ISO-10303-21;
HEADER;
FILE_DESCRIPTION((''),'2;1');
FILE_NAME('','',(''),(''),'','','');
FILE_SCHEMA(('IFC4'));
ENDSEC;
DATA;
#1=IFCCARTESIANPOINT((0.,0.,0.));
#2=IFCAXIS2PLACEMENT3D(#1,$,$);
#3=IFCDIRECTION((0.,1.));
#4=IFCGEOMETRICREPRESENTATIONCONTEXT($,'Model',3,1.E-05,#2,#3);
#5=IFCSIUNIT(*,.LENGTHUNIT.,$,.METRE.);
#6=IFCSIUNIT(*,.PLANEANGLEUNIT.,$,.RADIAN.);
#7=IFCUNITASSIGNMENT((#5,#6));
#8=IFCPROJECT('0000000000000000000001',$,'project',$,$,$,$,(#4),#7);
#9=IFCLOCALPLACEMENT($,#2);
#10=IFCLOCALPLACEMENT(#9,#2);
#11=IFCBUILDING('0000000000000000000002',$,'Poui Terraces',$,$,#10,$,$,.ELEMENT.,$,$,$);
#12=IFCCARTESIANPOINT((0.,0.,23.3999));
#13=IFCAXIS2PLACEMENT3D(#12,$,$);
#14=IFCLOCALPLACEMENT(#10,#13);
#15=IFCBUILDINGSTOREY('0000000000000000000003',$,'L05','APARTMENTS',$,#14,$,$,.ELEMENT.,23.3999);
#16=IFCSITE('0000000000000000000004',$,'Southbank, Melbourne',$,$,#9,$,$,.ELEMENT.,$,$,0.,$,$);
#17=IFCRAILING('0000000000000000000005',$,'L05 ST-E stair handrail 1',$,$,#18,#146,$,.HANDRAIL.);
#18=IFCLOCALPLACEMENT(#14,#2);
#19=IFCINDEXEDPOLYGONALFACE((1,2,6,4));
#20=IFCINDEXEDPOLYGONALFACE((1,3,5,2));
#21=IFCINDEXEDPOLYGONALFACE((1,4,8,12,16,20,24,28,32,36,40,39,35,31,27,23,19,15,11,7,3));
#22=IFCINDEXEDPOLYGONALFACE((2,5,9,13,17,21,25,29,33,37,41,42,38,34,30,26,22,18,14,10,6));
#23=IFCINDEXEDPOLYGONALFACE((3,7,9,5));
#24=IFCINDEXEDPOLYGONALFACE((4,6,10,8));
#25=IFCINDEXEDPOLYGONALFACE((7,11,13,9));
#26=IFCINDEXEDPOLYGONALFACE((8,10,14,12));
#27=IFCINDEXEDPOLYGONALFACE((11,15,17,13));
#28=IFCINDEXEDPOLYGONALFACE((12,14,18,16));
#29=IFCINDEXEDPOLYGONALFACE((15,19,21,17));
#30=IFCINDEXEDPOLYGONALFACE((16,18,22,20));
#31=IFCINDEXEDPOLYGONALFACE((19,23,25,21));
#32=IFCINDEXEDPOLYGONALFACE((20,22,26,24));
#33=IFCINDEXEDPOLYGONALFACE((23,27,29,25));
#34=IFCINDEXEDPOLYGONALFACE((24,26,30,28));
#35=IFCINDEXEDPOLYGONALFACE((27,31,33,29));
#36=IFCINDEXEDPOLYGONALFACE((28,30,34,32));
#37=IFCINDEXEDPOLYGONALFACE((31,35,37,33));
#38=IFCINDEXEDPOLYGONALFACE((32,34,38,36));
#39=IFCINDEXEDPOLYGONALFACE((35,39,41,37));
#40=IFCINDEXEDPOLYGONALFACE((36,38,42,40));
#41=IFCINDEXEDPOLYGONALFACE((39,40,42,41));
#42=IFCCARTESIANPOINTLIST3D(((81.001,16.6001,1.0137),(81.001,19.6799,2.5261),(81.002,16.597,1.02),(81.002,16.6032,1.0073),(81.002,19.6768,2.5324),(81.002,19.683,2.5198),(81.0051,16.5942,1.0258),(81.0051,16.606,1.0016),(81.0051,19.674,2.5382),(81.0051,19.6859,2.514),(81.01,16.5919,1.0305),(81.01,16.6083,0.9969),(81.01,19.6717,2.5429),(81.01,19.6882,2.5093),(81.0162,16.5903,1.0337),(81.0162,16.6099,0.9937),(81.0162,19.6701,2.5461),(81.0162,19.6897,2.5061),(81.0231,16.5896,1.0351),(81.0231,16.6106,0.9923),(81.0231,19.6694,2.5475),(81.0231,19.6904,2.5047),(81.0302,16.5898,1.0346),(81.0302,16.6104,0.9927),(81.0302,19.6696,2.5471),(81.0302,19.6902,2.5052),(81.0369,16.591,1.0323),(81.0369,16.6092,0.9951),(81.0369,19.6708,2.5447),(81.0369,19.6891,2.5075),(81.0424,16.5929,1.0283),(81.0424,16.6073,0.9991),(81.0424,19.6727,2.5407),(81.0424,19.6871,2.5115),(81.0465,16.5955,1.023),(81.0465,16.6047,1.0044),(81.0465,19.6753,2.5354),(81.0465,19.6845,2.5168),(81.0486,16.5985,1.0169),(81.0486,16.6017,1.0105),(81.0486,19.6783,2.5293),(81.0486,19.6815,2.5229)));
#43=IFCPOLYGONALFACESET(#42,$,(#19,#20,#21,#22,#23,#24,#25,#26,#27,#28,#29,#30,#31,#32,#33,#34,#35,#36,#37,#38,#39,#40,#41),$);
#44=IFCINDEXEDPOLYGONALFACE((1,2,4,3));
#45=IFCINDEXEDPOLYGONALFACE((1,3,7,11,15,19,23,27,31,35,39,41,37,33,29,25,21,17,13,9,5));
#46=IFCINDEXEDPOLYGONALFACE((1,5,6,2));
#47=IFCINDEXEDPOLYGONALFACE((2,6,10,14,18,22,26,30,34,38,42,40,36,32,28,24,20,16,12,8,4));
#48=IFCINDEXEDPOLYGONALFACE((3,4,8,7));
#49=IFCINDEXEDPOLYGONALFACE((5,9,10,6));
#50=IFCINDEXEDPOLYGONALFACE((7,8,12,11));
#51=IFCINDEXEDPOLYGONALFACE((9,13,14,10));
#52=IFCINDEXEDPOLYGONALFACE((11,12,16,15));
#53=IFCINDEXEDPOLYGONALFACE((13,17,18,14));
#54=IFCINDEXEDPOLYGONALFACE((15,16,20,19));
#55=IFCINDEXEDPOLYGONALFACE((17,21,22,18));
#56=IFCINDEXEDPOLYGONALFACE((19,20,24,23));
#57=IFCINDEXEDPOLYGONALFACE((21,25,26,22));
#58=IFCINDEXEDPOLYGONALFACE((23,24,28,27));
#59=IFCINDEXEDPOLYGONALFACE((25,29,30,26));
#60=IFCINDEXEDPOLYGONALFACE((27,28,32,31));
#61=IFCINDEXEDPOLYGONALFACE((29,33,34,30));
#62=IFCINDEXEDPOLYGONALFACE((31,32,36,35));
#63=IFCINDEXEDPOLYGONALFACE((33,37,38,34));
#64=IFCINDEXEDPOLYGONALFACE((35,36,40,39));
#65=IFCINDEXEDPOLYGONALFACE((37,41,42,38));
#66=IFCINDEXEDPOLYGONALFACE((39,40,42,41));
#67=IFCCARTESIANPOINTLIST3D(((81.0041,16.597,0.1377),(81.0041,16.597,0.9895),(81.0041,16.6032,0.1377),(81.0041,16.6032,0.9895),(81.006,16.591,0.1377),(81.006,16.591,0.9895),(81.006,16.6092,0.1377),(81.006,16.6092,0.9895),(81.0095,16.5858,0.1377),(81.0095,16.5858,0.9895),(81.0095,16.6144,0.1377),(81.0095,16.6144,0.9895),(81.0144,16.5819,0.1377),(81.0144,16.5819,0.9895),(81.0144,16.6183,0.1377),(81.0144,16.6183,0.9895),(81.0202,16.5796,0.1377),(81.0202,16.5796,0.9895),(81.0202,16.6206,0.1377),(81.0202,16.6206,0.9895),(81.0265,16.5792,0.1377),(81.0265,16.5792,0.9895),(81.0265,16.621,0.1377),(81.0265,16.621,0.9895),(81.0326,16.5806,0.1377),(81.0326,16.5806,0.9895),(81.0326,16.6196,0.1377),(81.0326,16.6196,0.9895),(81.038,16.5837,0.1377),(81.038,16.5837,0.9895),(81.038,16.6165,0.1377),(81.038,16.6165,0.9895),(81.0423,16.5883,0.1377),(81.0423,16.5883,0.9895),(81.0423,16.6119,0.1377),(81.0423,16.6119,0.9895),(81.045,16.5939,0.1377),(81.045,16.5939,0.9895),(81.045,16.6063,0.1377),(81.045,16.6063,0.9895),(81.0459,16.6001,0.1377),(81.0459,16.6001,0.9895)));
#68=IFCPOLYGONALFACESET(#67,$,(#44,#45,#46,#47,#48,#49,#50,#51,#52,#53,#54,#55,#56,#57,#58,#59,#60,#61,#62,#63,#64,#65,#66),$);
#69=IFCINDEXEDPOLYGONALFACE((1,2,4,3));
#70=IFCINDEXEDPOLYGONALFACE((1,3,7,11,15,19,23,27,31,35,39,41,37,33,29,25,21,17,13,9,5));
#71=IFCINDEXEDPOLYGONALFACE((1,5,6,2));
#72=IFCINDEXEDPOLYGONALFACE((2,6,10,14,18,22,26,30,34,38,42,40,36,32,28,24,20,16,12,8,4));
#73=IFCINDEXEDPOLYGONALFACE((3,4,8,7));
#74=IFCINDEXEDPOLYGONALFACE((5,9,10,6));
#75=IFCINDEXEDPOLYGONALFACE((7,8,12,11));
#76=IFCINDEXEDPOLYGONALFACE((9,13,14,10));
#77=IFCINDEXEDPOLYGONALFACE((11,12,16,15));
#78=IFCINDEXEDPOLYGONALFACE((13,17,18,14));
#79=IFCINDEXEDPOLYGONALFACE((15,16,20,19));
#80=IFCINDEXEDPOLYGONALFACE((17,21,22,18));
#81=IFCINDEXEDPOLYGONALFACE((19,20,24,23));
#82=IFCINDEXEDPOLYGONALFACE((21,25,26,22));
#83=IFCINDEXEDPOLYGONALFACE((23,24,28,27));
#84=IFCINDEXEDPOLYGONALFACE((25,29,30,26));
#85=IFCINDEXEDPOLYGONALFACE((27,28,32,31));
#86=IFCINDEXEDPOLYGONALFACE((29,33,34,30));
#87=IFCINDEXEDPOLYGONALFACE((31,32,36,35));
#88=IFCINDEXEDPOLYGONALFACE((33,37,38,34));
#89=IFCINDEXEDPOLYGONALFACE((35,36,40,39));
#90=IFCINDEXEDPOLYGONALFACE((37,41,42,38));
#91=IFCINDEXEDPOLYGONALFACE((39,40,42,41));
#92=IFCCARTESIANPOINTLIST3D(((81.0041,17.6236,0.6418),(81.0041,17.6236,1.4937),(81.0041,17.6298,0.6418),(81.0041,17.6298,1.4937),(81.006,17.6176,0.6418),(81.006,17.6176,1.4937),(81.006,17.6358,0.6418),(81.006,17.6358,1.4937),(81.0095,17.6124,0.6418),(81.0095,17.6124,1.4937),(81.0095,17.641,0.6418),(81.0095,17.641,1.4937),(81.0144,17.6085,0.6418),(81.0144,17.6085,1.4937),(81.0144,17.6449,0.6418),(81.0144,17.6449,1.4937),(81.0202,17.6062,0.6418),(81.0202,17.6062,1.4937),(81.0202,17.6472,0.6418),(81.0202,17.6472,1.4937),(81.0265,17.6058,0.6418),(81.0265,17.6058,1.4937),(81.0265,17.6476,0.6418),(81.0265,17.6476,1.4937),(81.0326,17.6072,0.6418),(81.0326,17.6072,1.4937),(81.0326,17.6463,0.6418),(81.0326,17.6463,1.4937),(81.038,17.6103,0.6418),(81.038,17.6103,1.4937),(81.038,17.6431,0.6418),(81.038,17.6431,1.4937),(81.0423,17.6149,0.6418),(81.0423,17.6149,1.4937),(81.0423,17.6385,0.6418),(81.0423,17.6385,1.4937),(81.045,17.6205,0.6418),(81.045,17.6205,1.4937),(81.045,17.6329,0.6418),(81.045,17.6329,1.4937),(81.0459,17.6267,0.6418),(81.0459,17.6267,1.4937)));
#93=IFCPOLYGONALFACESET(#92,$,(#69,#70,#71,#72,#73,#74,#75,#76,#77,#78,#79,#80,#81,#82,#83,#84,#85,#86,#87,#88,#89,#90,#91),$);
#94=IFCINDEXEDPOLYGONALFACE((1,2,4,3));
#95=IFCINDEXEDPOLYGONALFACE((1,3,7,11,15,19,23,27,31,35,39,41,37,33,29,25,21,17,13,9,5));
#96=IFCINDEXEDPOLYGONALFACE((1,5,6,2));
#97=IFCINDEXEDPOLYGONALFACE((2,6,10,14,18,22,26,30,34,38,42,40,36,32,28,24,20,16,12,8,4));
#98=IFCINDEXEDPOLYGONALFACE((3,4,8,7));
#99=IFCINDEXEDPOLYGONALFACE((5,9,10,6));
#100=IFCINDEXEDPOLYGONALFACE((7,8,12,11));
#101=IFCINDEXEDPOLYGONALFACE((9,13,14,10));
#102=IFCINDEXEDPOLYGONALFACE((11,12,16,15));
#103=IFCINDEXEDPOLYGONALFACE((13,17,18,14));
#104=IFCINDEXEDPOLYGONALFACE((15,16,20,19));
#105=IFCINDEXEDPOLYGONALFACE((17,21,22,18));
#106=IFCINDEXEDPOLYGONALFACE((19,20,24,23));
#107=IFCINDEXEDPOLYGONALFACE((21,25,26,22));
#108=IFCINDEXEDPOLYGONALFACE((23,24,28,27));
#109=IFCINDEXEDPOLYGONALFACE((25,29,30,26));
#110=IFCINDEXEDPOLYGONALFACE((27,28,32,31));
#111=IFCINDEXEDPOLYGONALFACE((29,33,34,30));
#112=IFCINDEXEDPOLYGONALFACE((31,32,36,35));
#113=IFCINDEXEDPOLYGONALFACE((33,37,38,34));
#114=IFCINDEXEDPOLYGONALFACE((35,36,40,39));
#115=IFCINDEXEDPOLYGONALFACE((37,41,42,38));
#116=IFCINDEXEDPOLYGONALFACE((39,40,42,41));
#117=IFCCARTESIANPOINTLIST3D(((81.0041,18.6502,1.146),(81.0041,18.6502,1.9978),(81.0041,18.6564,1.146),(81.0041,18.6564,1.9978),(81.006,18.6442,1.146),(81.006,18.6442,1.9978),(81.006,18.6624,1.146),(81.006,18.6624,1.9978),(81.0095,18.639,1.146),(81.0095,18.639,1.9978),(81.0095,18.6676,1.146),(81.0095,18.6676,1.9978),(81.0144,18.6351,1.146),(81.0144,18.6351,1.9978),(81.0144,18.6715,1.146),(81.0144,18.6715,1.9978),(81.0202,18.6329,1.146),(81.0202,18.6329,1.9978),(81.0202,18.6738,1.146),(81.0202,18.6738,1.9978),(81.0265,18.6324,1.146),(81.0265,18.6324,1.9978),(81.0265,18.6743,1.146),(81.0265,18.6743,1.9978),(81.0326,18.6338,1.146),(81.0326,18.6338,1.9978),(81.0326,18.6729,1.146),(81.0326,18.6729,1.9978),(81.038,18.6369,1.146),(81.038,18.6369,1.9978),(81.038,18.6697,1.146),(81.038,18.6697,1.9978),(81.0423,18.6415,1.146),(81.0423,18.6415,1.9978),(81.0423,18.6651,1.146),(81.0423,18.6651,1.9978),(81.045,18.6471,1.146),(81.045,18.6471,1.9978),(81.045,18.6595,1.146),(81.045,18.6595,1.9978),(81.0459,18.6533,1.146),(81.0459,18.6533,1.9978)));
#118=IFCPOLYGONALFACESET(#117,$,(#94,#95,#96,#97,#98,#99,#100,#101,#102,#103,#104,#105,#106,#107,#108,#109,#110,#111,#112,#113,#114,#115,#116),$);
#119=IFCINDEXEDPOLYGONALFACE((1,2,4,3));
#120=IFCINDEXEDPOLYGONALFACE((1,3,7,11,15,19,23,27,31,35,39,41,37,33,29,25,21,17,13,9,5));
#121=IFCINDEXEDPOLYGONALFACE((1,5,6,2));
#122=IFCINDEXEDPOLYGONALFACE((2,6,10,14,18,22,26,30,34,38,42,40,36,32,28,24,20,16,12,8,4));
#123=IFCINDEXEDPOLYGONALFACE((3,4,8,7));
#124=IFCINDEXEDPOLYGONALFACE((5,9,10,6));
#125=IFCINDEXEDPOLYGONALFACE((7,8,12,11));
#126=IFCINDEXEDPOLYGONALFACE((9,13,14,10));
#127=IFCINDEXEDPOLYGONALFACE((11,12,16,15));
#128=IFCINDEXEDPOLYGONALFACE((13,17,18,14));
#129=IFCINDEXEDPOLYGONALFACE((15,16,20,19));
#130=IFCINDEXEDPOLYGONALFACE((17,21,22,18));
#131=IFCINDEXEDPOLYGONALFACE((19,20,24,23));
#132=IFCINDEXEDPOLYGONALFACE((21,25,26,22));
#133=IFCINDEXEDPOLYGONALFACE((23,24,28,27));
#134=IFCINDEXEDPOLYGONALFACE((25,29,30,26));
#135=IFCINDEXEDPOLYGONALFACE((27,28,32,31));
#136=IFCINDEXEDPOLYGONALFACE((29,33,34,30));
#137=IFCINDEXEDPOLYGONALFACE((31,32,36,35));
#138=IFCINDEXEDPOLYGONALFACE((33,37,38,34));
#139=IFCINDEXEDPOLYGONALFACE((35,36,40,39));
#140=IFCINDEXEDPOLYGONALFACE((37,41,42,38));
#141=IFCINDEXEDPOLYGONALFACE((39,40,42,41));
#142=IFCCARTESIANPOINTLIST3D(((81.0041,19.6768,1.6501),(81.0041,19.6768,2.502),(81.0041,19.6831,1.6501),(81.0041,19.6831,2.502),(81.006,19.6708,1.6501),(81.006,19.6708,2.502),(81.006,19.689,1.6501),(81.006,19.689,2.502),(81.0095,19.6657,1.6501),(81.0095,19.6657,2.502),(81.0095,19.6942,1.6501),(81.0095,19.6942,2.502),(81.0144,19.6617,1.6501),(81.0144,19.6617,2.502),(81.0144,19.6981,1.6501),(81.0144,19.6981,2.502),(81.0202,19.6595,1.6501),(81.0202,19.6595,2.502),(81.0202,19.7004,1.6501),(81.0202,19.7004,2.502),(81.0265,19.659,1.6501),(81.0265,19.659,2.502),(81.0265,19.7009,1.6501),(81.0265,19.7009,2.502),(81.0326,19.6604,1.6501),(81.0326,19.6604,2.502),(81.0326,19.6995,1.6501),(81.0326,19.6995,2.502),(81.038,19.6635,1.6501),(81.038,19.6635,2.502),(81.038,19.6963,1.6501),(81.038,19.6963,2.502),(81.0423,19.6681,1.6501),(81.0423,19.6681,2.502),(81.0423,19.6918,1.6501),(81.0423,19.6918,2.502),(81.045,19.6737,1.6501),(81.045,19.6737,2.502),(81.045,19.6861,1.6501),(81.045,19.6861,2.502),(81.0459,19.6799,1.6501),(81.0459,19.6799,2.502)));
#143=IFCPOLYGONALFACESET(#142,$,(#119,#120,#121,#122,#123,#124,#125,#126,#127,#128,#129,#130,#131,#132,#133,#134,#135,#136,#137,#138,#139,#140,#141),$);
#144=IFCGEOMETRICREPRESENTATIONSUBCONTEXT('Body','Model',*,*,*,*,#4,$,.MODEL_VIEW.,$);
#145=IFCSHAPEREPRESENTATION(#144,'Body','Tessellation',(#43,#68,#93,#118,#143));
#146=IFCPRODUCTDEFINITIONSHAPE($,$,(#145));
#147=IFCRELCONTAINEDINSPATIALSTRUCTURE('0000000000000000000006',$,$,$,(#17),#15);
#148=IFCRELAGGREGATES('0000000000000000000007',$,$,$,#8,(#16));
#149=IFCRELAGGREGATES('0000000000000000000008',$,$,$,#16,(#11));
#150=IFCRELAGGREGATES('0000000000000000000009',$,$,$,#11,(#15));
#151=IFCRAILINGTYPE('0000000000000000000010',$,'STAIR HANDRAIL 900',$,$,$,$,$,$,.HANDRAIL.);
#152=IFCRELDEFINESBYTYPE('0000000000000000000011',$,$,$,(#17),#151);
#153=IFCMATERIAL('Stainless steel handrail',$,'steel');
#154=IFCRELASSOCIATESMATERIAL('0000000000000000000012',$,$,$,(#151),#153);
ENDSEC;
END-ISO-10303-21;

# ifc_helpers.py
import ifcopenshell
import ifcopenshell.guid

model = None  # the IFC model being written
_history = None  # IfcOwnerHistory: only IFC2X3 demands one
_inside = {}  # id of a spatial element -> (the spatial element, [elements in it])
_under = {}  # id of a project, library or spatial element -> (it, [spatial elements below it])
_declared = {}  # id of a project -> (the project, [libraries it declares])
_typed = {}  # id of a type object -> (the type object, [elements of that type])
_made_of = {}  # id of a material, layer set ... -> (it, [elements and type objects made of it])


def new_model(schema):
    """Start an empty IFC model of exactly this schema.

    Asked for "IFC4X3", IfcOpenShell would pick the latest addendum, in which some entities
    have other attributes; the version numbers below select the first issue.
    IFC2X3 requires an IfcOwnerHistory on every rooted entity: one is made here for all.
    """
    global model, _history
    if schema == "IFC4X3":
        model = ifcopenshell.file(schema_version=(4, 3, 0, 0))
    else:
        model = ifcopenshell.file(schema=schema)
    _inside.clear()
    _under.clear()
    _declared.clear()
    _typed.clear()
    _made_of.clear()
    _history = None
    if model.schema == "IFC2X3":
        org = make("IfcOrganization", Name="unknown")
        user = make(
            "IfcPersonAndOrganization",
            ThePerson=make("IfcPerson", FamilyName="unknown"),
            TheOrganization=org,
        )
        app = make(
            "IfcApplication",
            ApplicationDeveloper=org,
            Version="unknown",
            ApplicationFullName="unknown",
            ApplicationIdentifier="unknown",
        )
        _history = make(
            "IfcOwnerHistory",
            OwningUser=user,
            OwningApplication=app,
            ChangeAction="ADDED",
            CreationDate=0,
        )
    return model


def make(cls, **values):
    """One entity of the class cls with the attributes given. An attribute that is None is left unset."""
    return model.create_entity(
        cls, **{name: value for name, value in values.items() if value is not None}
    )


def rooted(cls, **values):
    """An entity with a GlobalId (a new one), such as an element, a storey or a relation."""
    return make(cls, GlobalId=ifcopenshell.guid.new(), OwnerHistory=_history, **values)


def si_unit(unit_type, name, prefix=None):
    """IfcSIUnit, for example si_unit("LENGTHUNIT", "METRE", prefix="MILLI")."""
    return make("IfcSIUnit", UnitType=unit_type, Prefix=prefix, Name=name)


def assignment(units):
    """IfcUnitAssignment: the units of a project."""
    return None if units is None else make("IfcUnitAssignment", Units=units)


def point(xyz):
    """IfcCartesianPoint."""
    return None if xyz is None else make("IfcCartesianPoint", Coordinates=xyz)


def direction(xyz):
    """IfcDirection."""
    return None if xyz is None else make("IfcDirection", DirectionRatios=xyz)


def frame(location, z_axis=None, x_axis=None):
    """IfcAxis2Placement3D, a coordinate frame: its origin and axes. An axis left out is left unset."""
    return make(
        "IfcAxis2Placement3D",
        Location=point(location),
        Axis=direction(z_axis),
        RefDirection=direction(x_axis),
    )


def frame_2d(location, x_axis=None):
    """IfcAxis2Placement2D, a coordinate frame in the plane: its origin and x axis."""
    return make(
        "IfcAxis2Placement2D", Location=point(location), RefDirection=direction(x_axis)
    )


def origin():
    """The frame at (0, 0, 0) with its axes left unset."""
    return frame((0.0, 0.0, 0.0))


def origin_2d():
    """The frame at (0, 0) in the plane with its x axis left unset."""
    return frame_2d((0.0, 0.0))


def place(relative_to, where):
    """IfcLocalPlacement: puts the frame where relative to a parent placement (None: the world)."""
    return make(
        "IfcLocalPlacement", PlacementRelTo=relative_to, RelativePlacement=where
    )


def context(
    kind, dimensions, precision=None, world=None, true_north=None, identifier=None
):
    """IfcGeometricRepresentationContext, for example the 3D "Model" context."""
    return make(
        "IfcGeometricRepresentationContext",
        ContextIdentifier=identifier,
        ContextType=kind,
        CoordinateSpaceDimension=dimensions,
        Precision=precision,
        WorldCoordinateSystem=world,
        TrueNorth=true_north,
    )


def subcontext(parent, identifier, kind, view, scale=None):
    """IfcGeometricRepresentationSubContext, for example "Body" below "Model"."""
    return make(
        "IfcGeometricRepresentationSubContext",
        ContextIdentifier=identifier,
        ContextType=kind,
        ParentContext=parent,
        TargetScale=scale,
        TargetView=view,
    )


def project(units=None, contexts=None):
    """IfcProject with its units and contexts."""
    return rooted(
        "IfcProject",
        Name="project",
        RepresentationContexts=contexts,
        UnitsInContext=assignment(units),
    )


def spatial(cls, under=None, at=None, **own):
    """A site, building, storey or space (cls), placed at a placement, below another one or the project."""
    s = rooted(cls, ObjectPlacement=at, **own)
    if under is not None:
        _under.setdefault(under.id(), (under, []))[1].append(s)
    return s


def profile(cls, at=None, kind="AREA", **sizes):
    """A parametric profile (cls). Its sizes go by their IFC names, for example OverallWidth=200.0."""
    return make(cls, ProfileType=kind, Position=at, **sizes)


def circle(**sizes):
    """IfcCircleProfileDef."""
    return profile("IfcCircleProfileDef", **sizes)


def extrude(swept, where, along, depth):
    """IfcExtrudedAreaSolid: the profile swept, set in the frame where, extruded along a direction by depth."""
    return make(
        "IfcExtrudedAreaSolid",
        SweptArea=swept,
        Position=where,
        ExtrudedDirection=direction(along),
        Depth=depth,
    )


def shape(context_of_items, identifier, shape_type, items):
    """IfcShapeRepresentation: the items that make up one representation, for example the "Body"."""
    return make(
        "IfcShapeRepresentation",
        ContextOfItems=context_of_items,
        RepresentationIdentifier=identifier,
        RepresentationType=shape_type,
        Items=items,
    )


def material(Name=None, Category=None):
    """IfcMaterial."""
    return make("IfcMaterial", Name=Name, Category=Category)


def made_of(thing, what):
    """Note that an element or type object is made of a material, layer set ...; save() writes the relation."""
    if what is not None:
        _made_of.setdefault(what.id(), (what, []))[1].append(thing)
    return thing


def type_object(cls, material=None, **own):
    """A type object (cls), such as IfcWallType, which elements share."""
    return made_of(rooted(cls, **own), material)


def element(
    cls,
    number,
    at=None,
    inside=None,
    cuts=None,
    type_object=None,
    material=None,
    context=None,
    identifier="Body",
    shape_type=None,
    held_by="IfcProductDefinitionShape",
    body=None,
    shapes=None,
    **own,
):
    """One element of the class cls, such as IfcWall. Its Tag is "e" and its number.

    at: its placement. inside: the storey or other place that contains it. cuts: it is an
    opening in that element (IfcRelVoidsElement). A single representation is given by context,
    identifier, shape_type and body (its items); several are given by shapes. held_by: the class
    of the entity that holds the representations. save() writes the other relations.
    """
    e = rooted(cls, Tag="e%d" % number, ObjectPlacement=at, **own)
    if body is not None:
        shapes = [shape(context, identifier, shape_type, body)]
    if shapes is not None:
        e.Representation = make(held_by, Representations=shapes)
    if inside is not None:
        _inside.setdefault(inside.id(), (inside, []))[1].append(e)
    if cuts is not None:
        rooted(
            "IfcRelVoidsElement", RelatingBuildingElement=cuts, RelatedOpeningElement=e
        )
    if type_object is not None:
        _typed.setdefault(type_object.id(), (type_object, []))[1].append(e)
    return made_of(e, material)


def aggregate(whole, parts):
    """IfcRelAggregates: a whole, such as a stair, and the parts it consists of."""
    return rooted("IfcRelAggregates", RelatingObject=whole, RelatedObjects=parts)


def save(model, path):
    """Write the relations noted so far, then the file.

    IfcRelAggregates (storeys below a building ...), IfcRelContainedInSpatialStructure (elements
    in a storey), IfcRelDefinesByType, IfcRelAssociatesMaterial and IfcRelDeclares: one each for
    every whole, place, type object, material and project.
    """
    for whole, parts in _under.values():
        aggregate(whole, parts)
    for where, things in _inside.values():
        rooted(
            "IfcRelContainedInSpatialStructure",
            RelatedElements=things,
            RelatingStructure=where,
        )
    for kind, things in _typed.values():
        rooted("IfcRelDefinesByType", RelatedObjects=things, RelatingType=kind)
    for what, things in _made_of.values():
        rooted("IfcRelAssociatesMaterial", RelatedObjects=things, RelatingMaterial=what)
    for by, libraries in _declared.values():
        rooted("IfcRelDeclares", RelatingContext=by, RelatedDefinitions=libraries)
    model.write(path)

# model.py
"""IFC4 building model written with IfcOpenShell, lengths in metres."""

from ifc_helpers import new_model, si_unit, direction, frame, origin, origin_2d, place, context, subcontext, project, spatial, circle, extrude, material, type_object, element, save


model = new_model("IFC4")

# Units and contexts
model_context = context("Model", 3, precision=1e-05, world=origin(), true_north=direction((0.0, 1.0)))
body_context = subcontext(model_context, "Body", "Model", "MODEL_VIEW")
ifc_project = project(units=[si_unit("LENGTHUNIT", "METRE"), si_unit("PLANEANGLEUNIT", "RADIAN")], contexts=[model_context])

# Site, building, storey
site_placement = place(None, origin())
site = spatial("IfcSite", under=ifc_project, at=site_placement, Name="Southbank, Melbourne", CompositionType="ELEMENT", RefElevation=0.0)
building_placement = place(site_placement, origin())
building = spatial("IfcBuilding", under=site, at=building_placement, Name="Poui Terraces", CompositionType="ELEMENT")
storey_placement = place(building_placement, frame((0.0, 0.0, 23.3999)))
storey = spatial("IfcBuildingStorey", under=building, at=storey_placement, Name="L05", Description="APARTMENTS", CompositionType="ELEMENT", Elevation=23.3999)

# Railing
ifc_material_1 = material(Name="Stainless steel handrail", Category="steel")
railing_type_1 = type_object("IfcRailingType", Name="STAIR HANDRAIL 900", PredefinedType="HANDRAIL", material=ifc_material_1)
railing_1_placement = place(storey_placement, frame((81.0249, 16.6001, 0.1377)))
element("IfcRailing", 1, at=railing_1_placement, inside=storey, type_object=railing_type_1, Name="L05 ST-E stair handrail 1", PredefinedType="HANDRAIL", context=body_context, shape_type="SweptSolid", body=[
    extrude(circle(Radius=0.0239, at=origin_2d()), frame((0.0, 0.0, 0.876), z_axis=(0.0, 0.897606, 0.440798), x_axis=(-1.0, 0.0, 0.0)), (0.0, 0.0, 1.0), 3.4312),
    extrude(circle(Radius=0.021, at=origin_2d()), origin(), (0.0, 0.0, 1.0), 0.8518),
    extrude(circle(Radius=0.021, at=origin_2d()), frame((0.0, 1.0266, 0.5042)), (0.0, 0.0, 1.0), 0.8518),
    extrude(circle(Radius=0.021, at=origin_2d()), frame((0.0, 2.0532, 1.0083)), (0.0, 0.0, 1.0), 0.8518),
    extrude(circle(Radius=0.021, at=origin_2d()), frame((0.0, 3.0798, 1.5125)), (0.0, 0.0, 1.0), 0.8518),
])

save(model, "model.ifc")
